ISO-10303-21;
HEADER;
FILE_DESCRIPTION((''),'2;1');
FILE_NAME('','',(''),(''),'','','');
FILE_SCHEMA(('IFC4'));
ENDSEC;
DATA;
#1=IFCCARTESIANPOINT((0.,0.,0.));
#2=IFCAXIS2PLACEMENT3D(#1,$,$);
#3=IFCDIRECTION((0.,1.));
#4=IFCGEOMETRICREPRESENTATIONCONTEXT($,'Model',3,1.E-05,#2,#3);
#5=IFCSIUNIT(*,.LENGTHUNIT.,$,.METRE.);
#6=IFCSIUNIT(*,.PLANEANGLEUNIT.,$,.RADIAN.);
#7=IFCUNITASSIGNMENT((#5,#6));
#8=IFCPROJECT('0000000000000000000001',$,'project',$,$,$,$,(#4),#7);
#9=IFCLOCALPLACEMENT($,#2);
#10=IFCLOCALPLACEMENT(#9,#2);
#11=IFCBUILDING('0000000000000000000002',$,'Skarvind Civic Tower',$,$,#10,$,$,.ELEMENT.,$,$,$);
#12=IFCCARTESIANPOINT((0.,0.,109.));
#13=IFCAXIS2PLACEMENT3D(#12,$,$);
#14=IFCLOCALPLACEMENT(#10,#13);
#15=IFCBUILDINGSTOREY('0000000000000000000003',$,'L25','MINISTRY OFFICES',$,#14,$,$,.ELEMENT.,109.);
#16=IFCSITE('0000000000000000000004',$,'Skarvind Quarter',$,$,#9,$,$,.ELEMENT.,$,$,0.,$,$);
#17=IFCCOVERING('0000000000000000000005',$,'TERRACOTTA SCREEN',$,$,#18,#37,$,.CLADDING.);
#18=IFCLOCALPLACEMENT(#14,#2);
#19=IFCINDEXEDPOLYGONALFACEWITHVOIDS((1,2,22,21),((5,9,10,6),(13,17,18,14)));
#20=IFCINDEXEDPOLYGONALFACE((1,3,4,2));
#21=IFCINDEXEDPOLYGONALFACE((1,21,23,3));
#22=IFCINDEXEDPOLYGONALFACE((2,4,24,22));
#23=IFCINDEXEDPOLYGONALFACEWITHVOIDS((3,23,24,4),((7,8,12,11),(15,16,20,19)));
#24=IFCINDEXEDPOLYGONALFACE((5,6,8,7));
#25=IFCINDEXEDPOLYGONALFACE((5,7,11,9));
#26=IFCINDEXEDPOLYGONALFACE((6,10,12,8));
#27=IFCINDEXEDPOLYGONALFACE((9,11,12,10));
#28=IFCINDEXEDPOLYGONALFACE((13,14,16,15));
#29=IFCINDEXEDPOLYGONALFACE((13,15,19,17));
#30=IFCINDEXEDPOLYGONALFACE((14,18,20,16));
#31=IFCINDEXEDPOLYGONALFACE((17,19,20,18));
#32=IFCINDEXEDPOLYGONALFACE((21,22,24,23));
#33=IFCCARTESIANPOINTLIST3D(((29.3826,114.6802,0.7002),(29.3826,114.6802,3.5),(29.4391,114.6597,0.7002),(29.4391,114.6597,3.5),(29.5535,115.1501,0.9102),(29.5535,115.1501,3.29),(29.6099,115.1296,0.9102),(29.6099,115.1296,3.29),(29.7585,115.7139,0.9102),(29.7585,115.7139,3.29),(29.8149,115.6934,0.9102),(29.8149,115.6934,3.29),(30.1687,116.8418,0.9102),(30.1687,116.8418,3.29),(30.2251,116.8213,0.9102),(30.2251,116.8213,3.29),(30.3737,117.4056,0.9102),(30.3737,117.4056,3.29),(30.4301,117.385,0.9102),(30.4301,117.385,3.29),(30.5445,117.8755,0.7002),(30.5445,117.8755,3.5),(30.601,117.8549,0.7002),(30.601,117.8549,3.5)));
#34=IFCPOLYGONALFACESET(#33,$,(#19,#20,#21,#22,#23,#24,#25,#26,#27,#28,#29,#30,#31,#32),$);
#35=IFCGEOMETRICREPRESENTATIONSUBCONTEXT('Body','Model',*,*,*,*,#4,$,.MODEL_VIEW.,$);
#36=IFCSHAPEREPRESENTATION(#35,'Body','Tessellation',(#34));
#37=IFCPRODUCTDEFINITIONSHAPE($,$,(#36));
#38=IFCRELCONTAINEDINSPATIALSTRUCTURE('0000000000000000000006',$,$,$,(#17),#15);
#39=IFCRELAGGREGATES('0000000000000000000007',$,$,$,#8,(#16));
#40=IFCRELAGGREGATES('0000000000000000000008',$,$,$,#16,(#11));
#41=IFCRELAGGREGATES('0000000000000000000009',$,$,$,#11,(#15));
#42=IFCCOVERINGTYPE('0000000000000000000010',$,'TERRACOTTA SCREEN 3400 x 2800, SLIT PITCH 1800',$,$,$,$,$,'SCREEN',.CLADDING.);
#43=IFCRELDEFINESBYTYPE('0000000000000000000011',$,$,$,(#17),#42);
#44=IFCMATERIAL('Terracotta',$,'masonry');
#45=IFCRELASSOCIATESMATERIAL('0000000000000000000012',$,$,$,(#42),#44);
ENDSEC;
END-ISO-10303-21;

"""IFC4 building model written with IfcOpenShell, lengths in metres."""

from ifc_helpers import new_model, si_unit, direction, frame, origin, place, context, subcontext, project, spatial, polyline, outline, extrude, material, material_profile, profile_set, type_object, element, save


model = new_model("IFC4")

# Units and contexts
model_context = context("Model", 3, precision=1e-05, world=origin(), true_north=direction((0.0, 1.0)))
body_context = subcontext(model_context, "Body", "Model", "MODEL_VIEW")
ifc_project = project(units=[si_unit("LENGTHUNIT", "METRE"), si_unit("PLANEANGLEUNIT", "RADIAN")], contexts=[model_context])

# Site, building, storey
site_placement = place(None, origin())
site = spatial("IfcSite", under=ifc_project, at=site_placement, Name="Skarvind Quarter", CompositionType="ELEMENT", RefElevation=0.0)
building_placement = place(site_placement, origin())
building = spatial("IfcBuilding", under=site, at=building_placement, Name="Skarvind Civic Tower", CompositionType="ELEMENT")
storey_placement = place(building_placement, frame((0.0, 0.0, 109.0)))
storey = spatial("IfcBuildingStorey", under=building, at=storey_placement, Name="L25", Description="MINISTRY OFFICES", CompositionType="ELEMENT", Elevation=109.0)

# Covering
ifc_material_1 = material(Name="Terracotta", Category="masonry")
ifc_material_profile_1 = material_profile(ifc_material_1, outline(polyline([(-1.7, -1.3999), (1.7, -1.3999), (1.7, 1.3999), (-1.7, 1.3999), (-1.7, -1.3999)]), holes=[polyline([(-1.2, -1.1899), (-0.6001, -1.1899), (-0.6001, 1.1899), (-1.2, 1.1899), (-1.2, -1.1899)]), polyline([(0.6001, -1.1899), (1.2, -1.1899), (1.2, 1.1899), (0.6001, 1.1899), (0.6001, -1.1899)])]), Name="TERRACOTTA SCREEN 3400 x 2800, SLIT PITCH 1800")
ifc_profile_set_1 = profile_set([ifc_material_profile_1], Name="Terracotta")
covering_type = type_object("IfcCoveringType", Name="TERRACOTTA SCREEN 3400 x 2800, SLIT PITCH 1800", ElementType="SCREEN", PredefinedType="CLADDING", material=ifc_profile_set_1)
covering_placement = place(storey_placement, frame((30.02, 116.2573, 2.1001), z_axis=(-0.939793, 0.341743, 0.0), x_axis=(-0.341743, -0.939793, 0.0)))
element("IfcCovering", 1, at=covering_placement, inside=storey, type_object=covering_type, Name="TERRACOTTA SCREEN", PredefinedType="CLADDING", context=body_context, shape_type="SweptSolid", body=[
    extrude(outline(polyline([(-1.7, -1.3999), (1.7, -1.3999), (1.7, 1.3999), (-1.7, 1.3999), (-1.7, -1.3999)]), holes=[polyline([(-1.2, -1.1899), (-0.6001, -1.1899), (-0.6001, 1.1899), (-1.2, 1.1899), (-1.2, -1.1899)]), polyline([(0.6001, -1.1899), (1.2, -1.1899), (1.2, 1.1899), (0.6001, 1.1899), (0.6001, -1.1899)])]), origin(), (0.0, 0.0, 1.0), 0.0601),
])

save(model, "model.ifc")
